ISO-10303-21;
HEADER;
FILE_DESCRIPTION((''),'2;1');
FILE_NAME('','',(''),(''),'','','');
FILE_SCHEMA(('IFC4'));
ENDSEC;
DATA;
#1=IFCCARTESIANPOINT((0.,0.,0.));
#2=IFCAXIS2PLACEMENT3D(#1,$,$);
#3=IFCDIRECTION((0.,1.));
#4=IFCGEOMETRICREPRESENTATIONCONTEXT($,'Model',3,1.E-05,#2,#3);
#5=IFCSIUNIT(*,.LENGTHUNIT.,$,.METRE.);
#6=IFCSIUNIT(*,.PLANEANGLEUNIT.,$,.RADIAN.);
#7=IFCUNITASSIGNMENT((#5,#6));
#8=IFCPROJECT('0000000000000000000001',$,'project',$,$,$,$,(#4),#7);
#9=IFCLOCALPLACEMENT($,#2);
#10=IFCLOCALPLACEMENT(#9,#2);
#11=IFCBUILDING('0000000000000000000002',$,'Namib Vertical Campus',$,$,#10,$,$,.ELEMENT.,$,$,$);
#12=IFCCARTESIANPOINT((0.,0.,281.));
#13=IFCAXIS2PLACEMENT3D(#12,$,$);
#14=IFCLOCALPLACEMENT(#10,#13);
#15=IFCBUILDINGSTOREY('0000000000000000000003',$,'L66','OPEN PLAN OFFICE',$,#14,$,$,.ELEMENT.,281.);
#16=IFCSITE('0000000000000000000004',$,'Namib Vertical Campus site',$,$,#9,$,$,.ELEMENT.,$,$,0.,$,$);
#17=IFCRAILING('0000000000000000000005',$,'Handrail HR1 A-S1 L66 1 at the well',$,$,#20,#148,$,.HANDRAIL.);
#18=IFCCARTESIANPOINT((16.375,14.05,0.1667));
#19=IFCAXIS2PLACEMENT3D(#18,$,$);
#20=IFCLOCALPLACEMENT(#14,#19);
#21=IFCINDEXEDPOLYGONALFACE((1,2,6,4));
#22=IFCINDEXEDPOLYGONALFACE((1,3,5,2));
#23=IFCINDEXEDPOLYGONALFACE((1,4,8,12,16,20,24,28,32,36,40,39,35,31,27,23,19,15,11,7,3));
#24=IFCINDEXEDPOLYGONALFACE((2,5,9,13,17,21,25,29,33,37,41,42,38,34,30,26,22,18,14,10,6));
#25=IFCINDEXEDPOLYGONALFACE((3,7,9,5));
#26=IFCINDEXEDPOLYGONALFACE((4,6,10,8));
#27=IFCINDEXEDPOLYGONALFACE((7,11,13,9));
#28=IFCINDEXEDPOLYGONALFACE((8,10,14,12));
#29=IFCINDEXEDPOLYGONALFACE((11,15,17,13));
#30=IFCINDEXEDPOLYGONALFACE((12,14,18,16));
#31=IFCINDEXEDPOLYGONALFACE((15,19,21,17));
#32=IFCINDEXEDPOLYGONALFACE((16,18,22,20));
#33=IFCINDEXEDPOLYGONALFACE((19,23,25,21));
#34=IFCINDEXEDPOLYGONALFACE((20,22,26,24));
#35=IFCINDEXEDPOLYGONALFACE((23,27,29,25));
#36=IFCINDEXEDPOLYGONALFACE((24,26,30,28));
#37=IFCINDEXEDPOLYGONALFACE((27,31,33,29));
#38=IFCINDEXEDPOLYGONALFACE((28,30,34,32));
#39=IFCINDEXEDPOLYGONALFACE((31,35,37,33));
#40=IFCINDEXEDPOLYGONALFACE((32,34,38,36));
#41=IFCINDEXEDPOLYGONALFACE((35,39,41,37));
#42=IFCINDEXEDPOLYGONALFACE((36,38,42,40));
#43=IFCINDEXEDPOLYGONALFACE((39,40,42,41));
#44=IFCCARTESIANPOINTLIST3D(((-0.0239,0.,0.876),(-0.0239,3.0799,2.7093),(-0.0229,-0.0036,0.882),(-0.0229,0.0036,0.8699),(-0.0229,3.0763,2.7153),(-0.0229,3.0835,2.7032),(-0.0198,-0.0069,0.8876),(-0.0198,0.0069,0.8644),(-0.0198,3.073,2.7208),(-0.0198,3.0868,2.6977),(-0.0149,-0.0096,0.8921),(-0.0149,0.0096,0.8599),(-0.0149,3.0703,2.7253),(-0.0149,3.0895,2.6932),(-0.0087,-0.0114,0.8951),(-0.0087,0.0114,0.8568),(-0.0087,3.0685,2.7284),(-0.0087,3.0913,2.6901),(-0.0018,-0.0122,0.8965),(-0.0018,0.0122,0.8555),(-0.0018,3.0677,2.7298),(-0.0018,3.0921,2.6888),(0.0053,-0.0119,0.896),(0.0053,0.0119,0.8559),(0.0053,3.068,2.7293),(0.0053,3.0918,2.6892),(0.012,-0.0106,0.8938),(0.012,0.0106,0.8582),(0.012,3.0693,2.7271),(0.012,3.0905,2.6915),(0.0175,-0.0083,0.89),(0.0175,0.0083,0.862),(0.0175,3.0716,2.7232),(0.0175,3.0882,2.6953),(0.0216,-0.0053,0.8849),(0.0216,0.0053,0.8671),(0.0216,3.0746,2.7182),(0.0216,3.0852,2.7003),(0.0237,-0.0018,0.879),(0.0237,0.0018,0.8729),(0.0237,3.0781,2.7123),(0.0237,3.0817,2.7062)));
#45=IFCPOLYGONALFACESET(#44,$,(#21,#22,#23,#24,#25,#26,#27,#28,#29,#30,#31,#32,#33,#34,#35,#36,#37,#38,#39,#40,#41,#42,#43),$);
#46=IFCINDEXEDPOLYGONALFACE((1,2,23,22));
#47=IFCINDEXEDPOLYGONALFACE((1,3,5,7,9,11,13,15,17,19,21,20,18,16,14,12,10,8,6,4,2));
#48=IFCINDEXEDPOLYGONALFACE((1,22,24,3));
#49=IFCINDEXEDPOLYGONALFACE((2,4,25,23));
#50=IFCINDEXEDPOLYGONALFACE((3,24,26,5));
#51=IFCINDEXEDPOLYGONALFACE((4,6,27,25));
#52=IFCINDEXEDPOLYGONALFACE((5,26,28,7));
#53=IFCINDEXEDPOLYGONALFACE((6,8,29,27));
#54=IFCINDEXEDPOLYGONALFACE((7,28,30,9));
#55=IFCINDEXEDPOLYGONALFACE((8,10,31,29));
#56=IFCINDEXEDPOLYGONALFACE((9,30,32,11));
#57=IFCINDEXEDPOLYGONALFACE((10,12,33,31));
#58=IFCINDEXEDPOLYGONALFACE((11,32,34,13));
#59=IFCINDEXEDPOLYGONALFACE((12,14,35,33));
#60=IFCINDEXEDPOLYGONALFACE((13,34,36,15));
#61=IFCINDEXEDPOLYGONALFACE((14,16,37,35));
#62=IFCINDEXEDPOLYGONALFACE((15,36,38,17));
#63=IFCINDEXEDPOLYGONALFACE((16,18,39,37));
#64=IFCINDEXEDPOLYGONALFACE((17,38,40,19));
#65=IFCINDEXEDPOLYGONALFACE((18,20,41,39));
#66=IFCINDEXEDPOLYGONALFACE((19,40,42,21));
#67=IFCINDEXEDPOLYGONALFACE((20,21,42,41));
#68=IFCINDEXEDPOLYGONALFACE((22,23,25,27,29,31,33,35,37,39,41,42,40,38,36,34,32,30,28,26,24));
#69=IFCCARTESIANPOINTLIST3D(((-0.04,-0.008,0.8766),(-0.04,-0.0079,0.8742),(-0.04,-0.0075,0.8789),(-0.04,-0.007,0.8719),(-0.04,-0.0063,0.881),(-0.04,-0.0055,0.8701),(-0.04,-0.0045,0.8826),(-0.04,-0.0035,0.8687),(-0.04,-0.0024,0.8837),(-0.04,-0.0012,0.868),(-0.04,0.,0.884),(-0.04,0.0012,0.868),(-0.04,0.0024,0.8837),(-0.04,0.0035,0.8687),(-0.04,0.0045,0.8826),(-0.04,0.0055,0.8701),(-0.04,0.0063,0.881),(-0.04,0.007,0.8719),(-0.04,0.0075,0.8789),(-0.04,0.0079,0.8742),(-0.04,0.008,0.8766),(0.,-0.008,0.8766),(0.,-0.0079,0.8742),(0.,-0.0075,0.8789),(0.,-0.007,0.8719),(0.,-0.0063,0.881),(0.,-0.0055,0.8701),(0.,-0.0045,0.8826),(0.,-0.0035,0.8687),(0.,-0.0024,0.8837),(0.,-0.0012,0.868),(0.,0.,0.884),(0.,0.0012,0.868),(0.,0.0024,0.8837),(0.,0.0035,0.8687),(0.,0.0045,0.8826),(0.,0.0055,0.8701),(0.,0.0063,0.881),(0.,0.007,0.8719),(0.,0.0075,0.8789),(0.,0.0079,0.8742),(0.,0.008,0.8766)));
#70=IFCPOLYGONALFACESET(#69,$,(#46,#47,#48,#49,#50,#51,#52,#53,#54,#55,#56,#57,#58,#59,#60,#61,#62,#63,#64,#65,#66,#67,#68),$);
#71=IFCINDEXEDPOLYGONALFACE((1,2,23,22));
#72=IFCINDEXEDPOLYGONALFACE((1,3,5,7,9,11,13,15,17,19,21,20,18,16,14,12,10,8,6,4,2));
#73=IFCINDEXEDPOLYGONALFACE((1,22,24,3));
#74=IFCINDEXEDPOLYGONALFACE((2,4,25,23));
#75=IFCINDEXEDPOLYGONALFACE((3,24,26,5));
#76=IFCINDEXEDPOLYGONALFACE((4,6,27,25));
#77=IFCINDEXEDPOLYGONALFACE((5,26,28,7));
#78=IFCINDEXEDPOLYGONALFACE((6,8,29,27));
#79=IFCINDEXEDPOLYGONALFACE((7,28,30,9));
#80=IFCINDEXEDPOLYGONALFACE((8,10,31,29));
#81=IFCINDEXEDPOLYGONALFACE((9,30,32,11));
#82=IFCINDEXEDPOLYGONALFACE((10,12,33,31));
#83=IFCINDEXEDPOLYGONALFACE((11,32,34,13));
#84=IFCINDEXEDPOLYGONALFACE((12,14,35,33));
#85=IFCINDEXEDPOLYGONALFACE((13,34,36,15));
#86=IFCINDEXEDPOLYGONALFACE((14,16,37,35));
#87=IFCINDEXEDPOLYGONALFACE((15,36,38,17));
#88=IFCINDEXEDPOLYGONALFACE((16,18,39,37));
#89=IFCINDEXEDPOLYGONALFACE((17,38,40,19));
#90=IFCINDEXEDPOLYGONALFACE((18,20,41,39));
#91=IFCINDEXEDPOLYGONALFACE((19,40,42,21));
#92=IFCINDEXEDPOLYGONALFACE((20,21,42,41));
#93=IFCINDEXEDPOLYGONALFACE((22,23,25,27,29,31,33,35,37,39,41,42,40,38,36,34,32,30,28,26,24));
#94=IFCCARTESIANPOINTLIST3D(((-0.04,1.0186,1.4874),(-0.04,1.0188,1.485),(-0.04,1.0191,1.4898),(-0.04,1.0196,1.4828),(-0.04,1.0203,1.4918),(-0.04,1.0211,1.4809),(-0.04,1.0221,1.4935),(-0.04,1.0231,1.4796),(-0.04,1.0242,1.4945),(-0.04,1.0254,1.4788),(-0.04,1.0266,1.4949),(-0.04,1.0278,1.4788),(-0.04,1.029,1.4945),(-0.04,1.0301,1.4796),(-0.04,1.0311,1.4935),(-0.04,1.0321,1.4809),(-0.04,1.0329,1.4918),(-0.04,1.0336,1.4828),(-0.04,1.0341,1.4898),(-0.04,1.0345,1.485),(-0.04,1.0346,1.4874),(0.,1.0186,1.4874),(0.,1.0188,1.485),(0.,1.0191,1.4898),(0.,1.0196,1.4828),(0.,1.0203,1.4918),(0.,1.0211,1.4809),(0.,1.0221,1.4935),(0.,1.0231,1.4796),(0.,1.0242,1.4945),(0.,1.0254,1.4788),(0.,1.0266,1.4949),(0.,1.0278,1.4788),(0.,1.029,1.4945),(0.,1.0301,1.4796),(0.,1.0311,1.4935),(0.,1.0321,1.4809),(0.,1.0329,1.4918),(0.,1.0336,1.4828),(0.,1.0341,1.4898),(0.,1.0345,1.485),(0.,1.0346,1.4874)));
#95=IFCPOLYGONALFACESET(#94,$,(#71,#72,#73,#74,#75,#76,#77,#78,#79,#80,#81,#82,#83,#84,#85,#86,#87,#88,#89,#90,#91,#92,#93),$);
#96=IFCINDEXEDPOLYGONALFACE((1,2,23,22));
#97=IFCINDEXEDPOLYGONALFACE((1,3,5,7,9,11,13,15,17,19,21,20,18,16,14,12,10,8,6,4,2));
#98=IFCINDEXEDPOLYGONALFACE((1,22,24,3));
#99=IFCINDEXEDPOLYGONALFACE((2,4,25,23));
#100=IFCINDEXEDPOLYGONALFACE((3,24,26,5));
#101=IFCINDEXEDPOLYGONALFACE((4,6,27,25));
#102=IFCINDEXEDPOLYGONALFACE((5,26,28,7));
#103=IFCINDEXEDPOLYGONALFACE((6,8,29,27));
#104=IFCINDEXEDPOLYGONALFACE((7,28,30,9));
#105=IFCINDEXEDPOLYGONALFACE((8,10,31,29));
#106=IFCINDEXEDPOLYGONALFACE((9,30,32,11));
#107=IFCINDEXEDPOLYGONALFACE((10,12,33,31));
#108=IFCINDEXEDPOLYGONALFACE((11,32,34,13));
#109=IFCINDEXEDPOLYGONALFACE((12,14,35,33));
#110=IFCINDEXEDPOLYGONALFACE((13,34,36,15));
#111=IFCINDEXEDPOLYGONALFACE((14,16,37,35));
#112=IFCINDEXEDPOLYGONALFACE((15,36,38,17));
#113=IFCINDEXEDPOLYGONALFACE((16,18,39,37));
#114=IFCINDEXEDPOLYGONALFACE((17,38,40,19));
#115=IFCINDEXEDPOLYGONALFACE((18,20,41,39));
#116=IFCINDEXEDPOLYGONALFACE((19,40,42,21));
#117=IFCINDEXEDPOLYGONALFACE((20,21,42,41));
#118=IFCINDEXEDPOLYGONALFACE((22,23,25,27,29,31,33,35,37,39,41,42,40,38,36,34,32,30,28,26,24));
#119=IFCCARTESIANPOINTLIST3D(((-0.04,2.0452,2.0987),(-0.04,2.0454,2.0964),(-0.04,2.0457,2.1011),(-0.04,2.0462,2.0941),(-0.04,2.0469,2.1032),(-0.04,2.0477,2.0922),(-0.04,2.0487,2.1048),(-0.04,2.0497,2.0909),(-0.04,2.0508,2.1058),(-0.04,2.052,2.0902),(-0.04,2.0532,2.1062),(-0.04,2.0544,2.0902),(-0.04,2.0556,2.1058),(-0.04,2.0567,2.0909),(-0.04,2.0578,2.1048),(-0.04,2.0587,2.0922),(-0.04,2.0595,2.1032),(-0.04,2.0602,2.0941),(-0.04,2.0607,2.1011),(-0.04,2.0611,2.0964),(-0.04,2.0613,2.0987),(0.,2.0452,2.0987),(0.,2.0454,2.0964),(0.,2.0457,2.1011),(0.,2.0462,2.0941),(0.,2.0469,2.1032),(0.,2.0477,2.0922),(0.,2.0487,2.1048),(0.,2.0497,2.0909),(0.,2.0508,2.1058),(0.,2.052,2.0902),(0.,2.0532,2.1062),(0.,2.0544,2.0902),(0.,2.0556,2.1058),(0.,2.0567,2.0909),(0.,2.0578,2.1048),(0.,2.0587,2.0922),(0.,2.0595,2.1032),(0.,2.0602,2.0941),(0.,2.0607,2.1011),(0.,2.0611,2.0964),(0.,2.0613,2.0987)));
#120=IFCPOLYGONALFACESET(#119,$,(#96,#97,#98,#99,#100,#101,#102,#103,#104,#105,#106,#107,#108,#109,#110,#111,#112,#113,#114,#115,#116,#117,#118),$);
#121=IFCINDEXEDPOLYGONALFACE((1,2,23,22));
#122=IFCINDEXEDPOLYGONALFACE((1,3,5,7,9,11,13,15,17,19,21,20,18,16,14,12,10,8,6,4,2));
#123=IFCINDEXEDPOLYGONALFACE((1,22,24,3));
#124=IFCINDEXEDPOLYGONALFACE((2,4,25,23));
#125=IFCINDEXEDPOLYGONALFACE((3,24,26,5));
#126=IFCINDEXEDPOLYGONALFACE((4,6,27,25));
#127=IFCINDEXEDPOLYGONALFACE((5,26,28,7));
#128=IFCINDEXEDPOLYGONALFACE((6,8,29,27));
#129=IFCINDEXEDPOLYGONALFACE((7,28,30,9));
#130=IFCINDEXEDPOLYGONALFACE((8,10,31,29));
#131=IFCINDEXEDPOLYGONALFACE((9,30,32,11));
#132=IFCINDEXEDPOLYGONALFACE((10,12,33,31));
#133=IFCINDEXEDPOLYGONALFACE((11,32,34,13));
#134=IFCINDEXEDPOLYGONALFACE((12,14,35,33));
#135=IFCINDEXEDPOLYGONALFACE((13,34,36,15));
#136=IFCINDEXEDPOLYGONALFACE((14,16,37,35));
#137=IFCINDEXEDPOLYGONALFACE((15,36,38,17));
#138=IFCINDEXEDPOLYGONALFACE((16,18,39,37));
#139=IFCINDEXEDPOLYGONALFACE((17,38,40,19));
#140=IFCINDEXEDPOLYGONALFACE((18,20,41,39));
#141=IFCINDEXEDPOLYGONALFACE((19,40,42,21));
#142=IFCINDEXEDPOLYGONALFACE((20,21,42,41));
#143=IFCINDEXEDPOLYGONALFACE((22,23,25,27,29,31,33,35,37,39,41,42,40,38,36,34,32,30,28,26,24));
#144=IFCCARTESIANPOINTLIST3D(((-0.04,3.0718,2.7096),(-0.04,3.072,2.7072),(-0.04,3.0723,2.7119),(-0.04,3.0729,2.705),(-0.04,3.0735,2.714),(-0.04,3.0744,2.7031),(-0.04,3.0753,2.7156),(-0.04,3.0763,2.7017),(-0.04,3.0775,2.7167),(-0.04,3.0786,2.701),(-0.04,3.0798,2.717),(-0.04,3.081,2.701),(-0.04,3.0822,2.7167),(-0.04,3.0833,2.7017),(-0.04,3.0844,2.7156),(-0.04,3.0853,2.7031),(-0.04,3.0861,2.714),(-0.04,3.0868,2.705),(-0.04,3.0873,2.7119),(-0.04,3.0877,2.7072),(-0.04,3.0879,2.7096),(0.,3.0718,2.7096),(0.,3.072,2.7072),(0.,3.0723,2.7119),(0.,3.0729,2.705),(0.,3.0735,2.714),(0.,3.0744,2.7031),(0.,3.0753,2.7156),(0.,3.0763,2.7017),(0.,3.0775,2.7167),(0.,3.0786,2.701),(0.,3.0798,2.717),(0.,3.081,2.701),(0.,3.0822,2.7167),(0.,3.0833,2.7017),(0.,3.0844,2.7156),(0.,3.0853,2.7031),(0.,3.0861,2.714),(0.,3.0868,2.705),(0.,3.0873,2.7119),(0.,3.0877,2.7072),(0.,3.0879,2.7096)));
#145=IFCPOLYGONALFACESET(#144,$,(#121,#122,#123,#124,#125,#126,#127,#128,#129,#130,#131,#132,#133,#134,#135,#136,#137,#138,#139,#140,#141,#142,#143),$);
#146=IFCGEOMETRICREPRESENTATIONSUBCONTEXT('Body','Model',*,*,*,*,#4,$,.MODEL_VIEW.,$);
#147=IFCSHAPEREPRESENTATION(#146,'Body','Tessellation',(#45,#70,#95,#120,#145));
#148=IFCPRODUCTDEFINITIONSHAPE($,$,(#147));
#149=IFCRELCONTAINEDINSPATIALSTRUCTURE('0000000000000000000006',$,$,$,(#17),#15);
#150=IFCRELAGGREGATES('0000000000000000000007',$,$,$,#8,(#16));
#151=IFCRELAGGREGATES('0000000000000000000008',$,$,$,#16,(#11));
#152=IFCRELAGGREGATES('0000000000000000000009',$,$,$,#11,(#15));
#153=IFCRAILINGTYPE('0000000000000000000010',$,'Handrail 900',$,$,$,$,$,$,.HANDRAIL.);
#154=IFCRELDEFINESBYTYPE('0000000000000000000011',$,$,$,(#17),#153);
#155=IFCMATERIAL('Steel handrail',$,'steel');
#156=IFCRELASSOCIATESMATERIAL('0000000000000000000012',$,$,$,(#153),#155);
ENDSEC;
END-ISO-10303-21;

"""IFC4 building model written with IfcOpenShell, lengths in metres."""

from ifc_helpers import new_model, si_unit, direction, frame, origin, origin_2d, place, context, subcontext, project, spatial, circle, extrude, material, type_object, element, save


model = new_model("IFC4")

# Units and contexts
model_context = context("Model", 3, precision=1e-05, world=origin(), true_north=direction((0.0, 1.0)))
body_context = subcontext(model_context, "Body", "Model", "MODEL_VIEW")
ifc_project = project(units=[si_unit("LENGTHUNIT", "METRE"), si_unit("PLANEANGLEUNIT", "RADIAN")], contexts=[model_context])

# Site, building, storey
site_placement = place(None, origin())
site = spatial("IfcSite", under=ifc_project, at=site_placement, Name="Namib Vertical Campus site", CompositionType="ELEMENT", RefElevation=0.0)
building_placement = place(site_placement, origin())
building = spatial("IfcBuilding", under=site, at=building_placement, Name="Namib Vertical Campus", CompositionType="ELEMENT")
storey_placement = place(building_placement, frame((0.0, 0.0, 281.0)))
storey = spatial("IfcBuildingStorey", under=building, at=storey_placement, Name="L66", Description="OPEN PLAN OFFICE", CompositionType="ELEMENT", Elevation=281.0)

# Railing
ifc_material_1 = material(Name="Steel handrail", Category="steel")
railing_type_1 = type_object("IfcRailingType", Name="Handrail 900", PredefinedType="HANDRAIL", material=ifc_material_1)
railing_1_placement = place(storey_placement, frame((16.375, 14.05, 0.1667)))
element("IfcRailing", 1, at=railing_1_placement, inside=storey, type_object=railing_type_1, Name="Handrail HR1 A-S1 L66 1 at the well", PredefinedType="HANDRAIL", context=body_context, shape_type="SweptSolid", body=[
    extrude(circle(Radius=0.0239, at=origin_2d()), frame((0.0, 0.0, 0.876), z_axis=(0.0, 0.859291, 0.511487), x_axis=(-1.0, 0.0, 0.0)), (0.0, 0.0, 1.0), 3.5842),
    extrude(circle(Radius=0.0081, at=origin_2d()), frame((0.0, 0.0, 0.876), z_axis=(-1.0, 0.0, 0.0), x_axis=(0.0, 0.0, 1.0)), (0.0, 0.0, 1.0), 0.04),
    extrude(circle(Radius=0.0081, at=origin_2d()), frame((0.0, 1.0266, 1.4868), z_axis=(-1.0, 0.0, 0.0), x_axis=(0.0, 0.0, 1.0)), (0.0, 0.0, 1.0), 0.04),
    extrude(circle(Radius=0.0081, at=origin_2d()), frame((0.0, 2.0532, 2.0981), z_axis=(-1.0, 0.0, 0.0), x_axis=(0.0, 0.0, 1.0)), (0.0, 0.0, 1.0), 0.04),
    extrude(circle(Radius=0.0081, at=origin_2d()), frame((0.0, 3.0798, 2.709), z_axis=(-1.0, 0.0, 0.0), x_axis=(0.0, 0.0, 1.0)), (0.0, 0.0, 1.0), 0.04),
])

save(model, "model.ifc")
